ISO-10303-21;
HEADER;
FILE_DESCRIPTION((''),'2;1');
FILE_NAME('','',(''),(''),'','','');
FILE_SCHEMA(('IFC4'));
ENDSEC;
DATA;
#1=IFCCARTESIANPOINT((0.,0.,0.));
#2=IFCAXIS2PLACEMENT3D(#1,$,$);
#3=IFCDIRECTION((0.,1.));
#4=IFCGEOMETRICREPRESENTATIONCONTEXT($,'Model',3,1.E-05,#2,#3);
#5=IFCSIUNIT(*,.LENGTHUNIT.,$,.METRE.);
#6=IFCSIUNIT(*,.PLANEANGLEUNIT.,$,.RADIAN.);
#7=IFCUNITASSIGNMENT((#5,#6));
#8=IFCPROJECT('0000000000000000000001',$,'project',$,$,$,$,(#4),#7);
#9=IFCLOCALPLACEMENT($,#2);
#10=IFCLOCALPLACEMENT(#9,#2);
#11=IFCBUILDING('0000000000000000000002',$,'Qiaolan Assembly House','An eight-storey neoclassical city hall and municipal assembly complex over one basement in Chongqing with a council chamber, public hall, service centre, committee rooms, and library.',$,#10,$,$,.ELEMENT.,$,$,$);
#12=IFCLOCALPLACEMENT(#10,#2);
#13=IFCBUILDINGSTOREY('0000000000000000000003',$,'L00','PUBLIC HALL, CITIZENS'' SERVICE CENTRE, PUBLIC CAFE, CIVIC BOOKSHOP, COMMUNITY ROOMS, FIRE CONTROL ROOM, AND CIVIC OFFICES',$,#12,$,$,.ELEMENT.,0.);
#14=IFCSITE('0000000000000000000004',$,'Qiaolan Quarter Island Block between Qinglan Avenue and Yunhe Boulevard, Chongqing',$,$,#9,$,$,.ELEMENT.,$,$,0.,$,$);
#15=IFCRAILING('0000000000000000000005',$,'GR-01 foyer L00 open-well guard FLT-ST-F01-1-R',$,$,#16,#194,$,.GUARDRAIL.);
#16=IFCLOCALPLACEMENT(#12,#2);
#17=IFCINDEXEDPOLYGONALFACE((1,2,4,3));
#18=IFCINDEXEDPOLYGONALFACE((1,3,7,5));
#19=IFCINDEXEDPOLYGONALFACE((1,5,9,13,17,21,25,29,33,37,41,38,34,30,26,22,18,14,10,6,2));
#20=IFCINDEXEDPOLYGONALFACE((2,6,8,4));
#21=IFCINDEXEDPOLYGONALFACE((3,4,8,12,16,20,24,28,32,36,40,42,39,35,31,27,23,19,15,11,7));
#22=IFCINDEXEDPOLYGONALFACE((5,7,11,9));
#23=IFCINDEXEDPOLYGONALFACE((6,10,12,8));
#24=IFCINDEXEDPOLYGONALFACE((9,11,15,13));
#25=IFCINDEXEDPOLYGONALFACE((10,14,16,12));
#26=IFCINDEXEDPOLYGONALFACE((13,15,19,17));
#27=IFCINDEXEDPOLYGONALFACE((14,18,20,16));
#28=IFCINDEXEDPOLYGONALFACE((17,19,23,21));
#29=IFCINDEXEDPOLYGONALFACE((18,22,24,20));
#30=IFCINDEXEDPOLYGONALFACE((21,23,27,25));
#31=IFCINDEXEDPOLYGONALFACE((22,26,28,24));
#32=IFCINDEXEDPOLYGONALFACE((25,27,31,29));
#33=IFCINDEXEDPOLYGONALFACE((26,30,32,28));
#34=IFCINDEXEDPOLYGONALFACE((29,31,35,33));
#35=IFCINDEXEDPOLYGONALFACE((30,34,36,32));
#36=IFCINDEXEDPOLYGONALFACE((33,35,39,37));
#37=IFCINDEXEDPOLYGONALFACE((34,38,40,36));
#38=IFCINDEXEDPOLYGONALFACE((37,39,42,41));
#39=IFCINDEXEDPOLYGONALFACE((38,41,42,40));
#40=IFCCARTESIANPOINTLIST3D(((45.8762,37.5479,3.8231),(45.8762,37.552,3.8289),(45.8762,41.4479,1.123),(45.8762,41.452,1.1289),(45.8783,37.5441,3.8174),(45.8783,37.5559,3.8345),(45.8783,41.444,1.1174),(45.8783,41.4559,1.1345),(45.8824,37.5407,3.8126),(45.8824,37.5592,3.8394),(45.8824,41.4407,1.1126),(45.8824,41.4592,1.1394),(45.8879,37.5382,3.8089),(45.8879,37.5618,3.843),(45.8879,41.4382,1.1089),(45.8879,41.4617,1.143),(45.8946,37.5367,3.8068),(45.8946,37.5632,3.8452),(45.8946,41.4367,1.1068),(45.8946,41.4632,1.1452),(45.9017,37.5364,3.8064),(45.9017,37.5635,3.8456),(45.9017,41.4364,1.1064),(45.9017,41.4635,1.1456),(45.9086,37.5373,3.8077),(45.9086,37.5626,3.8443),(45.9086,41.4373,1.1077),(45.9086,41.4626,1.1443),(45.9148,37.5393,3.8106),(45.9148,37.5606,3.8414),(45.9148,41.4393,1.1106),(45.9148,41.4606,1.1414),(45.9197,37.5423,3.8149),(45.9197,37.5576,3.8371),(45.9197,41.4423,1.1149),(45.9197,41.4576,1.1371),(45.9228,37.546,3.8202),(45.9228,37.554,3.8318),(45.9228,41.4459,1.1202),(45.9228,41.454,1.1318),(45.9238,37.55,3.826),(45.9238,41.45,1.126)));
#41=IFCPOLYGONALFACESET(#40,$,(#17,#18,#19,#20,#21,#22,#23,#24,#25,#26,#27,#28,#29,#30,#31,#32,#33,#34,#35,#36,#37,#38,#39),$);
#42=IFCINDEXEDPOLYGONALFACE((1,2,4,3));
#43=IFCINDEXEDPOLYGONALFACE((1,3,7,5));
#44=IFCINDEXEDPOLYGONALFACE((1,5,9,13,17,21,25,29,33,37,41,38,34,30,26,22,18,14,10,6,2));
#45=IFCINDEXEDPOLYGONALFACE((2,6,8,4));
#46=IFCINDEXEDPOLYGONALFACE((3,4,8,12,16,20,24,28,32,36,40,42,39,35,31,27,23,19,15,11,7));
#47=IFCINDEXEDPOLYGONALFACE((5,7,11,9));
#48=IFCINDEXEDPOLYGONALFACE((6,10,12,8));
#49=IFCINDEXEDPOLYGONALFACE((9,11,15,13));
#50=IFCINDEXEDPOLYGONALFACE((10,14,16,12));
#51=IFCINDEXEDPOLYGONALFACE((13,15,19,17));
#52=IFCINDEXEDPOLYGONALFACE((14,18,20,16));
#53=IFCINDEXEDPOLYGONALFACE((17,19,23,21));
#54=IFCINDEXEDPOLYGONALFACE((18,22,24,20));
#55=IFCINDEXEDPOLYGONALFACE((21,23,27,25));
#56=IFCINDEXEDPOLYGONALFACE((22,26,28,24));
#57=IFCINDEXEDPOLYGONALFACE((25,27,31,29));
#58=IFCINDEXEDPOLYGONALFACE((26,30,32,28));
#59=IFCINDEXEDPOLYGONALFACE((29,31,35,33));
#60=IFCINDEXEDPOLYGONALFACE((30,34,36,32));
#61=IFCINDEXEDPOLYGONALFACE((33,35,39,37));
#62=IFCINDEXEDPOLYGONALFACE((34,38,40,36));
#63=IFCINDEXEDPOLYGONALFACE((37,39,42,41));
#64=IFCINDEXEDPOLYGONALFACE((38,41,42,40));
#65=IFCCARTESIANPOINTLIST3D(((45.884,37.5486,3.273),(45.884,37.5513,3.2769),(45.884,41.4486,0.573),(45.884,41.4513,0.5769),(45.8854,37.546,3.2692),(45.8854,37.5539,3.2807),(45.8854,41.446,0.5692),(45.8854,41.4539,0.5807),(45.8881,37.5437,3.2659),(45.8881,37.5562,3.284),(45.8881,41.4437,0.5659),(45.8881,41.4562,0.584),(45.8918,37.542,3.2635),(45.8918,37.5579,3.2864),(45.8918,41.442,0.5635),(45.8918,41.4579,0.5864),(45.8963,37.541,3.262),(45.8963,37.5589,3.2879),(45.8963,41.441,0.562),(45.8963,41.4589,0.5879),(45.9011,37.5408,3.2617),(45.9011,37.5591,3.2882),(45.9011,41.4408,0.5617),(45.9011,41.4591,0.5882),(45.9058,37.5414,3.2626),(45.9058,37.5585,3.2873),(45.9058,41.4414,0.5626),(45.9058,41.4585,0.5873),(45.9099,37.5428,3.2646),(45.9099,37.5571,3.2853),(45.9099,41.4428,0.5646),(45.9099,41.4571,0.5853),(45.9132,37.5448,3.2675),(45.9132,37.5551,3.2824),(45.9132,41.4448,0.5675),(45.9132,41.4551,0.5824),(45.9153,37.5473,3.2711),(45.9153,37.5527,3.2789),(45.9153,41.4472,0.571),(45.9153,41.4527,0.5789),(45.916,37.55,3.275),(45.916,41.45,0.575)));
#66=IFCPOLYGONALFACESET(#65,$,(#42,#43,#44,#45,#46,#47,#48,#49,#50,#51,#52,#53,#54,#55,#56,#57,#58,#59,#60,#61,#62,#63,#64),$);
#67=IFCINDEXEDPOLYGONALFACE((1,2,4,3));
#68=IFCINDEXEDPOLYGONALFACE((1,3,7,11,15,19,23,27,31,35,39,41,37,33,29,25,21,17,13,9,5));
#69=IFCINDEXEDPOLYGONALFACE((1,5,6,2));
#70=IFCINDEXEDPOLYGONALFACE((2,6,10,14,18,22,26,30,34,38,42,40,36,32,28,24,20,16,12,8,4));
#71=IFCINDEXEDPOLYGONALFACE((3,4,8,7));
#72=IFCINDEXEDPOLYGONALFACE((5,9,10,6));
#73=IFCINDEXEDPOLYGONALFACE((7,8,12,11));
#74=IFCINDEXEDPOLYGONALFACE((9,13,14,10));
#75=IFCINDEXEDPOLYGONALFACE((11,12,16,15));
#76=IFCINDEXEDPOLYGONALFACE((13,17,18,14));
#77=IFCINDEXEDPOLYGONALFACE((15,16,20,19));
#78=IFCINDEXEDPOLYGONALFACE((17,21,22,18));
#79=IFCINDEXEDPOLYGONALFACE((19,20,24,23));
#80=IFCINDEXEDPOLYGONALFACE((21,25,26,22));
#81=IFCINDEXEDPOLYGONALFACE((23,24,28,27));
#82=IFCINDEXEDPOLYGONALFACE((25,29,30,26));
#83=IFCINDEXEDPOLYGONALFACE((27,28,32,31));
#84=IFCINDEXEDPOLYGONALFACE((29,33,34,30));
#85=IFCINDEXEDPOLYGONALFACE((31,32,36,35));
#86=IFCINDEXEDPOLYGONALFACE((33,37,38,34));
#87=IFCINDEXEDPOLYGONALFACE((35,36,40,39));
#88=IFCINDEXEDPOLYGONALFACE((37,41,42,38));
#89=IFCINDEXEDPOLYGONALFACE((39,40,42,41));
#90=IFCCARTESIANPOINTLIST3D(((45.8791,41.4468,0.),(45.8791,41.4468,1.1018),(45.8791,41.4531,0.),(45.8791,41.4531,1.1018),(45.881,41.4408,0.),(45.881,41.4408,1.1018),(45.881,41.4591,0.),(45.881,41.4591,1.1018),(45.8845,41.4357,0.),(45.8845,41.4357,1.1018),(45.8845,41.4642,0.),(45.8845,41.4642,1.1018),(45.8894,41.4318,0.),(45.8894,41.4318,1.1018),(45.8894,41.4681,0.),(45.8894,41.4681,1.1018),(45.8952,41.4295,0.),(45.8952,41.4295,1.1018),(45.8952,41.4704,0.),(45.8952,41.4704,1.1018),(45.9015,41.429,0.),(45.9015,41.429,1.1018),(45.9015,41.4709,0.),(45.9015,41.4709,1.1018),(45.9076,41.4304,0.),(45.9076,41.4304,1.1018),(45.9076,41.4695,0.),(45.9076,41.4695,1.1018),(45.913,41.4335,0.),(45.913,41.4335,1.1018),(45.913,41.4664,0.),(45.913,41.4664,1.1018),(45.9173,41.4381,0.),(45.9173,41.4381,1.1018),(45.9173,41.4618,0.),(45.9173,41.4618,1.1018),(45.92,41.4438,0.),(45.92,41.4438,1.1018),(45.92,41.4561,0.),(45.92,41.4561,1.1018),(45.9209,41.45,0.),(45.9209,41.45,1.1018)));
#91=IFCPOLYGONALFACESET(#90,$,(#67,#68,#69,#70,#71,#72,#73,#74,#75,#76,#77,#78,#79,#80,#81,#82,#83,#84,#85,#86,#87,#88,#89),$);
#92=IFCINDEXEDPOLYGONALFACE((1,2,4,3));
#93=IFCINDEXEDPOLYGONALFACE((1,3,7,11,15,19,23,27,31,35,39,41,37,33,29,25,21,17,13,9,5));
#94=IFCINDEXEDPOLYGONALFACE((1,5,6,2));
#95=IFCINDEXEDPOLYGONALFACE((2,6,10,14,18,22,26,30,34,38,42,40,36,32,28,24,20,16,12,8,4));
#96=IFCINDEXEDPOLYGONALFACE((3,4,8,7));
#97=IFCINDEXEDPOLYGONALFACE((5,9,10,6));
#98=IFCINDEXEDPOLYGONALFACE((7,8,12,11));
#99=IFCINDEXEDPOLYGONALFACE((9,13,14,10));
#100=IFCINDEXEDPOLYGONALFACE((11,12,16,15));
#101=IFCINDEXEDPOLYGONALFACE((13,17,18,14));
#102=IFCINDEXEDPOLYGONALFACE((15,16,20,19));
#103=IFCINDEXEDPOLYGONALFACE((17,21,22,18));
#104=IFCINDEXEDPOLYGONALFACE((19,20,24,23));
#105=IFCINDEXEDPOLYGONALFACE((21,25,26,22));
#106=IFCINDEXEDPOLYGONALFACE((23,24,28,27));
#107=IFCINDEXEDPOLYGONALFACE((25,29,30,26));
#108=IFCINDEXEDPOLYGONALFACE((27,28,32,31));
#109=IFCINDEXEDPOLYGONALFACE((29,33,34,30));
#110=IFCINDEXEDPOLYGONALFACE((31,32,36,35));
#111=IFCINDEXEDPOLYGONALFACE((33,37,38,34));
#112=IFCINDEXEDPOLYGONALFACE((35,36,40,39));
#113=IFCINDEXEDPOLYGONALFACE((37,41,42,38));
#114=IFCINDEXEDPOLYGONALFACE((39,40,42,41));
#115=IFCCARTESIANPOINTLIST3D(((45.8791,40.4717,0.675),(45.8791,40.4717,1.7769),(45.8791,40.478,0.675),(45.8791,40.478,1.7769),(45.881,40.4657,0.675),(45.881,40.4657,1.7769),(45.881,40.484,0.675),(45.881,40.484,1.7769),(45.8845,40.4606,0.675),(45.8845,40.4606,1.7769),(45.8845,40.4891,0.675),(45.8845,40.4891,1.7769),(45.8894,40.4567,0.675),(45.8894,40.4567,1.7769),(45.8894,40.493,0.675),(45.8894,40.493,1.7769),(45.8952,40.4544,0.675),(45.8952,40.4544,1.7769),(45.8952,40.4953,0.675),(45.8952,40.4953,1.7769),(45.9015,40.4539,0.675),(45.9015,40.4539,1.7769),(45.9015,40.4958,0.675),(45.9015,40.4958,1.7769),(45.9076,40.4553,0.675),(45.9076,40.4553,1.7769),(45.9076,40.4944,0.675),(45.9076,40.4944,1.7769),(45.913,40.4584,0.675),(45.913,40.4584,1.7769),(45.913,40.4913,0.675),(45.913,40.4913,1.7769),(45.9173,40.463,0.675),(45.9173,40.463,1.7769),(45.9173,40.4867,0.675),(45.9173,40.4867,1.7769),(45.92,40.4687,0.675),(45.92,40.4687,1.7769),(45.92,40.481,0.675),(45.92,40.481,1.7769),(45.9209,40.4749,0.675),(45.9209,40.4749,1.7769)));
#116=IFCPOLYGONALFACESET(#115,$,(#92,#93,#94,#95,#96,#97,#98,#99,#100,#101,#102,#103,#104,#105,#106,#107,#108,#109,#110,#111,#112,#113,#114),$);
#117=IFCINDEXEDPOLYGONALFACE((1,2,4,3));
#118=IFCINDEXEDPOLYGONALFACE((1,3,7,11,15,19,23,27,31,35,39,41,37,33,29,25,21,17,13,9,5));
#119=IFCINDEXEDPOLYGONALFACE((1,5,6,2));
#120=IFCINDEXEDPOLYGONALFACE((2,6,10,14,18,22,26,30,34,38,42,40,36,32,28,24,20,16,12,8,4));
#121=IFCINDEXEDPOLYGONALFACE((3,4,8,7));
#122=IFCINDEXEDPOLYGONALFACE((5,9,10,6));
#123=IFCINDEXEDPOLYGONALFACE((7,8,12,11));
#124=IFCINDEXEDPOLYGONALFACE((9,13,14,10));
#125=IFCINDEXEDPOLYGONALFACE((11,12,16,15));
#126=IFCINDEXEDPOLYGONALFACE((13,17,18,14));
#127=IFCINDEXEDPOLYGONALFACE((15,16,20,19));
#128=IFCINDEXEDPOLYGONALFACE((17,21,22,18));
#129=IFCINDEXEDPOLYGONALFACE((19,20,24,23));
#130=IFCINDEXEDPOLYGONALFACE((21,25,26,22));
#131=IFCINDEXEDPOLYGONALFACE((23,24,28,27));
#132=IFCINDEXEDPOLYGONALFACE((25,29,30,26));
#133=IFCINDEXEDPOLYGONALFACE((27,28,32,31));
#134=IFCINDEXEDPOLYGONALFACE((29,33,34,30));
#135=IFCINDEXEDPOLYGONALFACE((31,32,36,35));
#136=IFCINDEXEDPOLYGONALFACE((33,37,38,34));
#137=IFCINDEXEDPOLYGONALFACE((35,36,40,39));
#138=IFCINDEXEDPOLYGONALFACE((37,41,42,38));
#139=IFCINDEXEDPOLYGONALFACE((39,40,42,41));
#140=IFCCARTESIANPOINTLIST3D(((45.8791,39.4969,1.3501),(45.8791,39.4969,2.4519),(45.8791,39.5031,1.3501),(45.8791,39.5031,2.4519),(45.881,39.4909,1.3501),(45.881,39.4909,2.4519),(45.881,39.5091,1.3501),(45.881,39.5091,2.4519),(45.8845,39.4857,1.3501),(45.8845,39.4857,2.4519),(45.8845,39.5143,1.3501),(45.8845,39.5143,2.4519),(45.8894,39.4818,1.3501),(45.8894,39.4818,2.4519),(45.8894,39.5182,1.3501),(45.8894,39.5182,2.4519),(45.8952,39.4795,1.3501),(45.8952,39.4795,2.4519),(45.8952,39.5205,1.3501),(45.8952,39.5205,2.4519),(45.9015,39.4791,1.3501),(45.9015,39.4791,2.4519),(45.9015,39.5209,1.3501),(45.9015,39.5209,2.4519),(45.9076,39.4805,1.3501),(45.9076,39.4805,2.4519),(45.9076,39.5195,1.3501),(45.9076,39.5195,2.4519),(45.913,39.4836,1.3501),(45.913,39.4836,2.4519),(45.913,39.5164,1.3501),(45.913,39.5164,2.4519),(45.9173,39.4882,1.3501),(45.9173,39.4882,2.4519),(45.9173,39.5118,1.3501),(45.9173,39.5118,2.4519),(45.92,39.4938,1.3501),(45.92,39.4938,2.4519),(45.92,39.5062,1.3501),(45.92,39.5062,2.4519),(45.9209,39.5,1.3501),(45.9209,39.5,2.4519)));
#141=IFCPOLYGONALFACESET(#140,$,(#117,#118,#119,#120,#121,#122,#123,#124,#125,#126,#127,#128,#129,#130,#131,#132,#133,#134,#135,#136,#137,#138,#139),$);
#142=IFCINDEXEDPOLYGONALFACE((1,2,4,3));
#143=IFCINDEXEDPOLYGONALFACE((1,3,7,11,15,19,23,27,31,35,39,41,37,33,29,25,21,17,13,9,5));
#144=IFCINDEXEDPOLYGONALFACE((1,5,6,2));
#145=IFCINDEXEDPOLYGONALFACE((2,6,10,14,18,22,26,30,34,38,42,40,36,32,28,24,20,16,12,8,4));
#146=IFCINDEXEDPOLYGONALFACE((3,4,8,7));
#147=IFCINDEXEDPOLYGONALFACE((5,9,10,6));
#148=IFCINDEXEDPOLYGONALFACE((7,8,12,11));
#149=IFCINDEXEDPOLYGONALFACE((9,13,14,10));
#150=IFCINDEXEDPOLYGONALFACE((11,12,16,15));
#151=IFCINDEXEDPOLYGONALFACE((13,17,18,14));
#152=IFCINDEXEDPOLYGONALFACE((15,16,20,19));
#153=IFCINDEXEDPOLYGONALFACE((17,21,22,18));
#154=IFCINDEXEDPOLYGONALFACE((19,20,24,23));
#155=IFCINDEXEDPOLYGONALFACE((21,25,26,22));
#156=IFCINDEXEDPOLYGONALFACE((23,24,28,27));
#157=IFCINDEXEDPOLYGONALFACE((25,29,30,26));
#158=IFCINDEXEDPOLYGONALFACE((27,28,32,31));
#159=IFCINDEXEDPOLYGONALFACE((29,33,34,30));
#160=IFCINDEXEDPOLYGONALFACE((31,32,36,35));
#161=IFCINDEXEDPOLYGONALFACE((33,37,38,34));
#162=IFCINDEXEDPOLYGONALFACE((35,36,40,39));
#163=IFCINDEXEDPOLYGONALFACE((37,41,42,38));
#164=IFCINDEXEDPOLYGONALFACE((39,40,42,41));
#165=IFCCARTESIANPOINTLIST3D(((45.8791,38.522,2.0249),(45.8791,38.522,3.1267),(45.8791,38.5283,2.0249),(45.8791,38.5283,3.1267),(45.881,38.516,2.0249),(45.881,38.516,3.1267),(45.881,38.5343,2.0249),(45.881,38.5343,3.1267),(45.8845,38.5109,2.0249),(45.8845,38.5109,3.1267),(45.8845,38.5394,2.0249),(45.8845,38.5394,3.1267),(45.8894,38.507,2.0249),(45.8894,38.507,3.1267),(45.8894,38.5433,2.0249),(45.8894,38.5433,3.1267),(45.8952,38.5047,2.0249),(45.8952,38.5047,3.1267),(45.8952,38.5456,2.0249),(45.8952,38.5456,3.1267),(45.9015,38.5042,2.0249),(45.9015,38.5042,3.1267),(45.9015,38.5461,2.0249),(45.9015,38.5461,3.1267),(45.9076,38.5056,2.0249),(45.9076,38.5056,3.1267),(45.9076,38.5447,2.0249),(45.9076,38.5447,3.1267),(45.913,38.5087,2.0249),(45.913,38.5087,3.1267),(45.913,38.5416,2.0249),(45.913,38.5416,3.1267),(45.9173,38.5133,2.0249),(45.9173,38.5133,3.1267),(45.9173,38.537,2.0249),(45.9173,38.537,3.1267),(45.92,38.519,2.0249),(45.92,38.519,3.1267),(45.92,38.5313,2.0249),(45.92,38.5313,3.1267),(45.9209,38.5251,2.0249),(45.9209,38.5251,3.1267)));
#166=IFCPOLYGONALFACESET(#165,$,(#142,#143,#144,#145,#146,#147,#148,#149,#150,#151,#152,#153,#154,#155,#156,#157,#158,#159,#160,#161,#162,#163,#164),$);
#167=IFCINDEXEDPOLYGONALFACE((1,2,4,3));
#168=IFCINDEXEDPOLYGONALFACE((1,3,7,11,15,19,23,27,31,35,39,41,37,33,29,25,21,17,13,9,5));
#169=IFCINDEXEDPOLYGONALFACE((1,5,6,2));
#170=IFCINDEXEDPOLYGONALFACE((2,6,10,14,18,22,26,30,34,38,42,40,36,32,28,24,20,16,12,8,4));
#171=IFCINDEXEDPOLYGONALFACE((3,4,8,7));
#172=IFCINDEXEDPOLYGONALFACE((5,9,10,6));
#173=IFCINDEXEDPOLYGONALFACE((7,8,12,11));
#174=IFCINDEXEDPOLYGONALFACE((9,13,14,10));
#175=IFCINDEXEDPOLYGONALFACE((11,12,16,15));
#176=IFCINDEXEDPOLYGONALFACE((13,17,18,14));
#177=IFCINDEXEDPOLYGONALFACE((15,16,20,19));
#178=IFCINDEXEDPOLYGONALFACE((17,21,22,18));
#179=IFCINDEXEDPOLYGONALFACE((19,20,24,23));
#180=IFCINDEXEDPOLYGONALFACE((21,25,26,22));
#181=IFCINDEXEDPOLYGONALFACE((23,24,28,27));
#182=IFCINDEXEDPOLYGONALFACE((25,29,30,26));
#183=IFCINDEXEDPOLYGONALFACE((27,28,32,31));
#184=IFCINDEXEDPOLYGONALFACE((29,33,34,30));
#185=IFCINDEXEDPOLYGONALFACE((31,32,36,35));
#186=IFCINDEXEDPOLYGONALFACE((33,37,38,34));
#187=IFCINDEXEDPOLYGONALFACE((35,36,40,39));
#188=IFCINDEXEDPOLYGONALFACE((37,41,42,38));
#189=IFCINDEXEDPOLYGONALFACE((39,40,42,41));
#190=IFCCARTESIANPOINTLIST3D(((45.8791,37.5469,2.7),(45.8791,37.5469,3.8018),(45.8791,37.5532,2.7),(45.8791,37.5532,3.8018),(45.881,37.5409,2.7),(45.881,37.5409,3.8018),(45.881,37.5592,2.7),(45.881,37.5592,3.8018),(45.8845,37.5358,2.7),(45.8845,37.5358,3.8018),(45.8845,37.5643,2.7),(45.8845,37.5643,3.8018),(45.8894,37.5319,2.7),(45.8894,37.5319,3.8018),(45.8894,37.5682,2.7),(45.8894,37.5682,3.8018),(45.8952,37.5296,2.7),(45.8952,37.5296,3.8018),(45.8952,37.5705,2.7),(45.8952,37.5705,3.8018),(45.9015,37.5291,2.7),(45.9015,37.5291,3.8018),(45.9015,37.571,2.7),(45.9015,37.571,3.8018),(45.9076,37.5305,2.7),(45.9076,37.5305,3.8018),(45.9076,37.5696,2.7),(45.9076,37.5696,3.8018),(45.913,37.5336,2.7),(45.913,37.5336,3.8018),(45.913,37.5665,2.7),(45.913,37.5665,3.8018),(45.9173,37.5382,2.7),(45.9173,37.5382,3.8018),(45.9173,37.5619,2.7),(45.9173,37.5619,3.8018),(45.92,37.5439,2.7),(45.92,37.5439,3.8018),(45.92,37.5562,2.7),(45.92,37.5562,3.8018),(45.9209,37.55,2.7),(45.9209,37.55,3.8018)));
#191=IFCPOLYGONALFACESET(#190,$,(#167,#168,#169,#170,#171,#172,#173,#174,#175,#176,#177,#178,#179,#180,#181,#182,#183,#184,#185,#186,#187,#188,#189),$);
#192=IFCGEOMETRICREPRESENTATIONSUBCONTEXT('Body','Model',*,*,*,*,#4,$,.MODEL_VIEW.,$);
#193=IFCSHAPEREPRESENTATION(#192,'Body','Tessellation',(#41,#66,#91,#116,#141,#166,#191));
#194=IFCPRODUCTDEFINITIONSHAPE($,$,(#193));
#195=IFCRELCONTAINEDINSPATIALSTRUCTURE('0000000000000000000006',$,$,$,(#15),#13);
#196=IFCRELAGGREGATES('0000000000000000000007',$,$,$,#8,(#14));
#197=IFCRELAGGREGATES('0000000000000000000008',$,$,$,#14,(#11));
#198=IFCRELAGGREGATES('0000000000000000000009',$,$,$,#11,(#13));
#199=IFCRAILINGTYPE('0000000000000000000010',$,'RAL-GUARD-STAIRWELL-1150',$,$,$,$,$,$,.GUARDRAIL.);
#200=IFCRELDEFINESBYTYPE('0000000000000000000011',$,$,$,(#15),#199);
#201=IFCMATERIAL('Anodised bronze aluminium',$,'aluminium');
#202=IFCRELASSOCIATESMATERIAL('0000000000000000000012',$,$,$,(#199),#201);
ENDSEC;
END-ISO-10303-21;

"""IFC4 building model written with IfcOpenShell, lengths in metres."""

from ifc_helpers import new_model, si_unit, direction, frame, origin, origin_2d, place, context, subcontext, project, spatial, circle, extrude, material, type_object, element, save


model = new_model("IFC4")

# Units and contexts
model_context = context("Model", 3, precision=1e-05, world=origin(), true_north=direction((0.0, 1.0)))
body_context = subcontext(model_context, "Body", "Model", "MODEL_VIEW")
ifc_project = project(units=[si_unit("LENGTHUNIT", "METRE"), si_unit("PLANEANGLEUNIT", "RADIAN")], contexts=[model_context])

# Site, building, storey
site_placement = place(None, origin())
site = spatial("IfcSite", under=ifc_project, at=site_placement, Name="Qiaolan Quarter Island Block between Qinglan Avenue and Yunhe Boulevard, Chongqing", CompositionType="ELEMENT", RefElevation=0.0)
building_placement = place(site_placement, origin())
building = spatial("IfcBuilding", under=site, at=building_placement, Name="Qiaolan Assembly House", Description="An eight-storey neoclassical city hall and municipal assembly complex over one basement in Chongqing with a council chamber, public hall, service centre, committee rooms, and library.", CompositionType="ELEMENT")
storey_placement = place(building_placement, origin())
storey = spatial("IfcBuildingStorey", under=building, at=storey_placement, Name="L00", Description="PUBLIC HALL, CITIZENS' SERVICE CENTRE, PUBLIC CAFE, CIVIC BOOKSHOP, COMMUNITY ROOMS, FIRE CONTROL ROOM, AND CIVIC OFFICES", CompositionType="ELEMENT", Elevation=0.0)

# Shared definitions
ifc_material_1 = material(Name="Anodised bronze aluminium", Category="aluminium")

# Railing
railing_type_1 = type_object("IfcRailingType", Name="RAL-GUARD-STAIRWELL-1150", PredefinedType="GUARDRAIL", material=ifc_material_1)
railing_1_placement = place(storey_placement, frame((45.8999, 41.45, 0.0)))
element("IfcRailing", 1, at=railing_1_placement, inside=storey, type_object=railing_type_1, Name="GR-01 foyer L00 open-well guard FLT-ST-F01-1-R", PredefinedType="GUARDRAIL", context=body_context, shape_type="SweptSolid", body=[
    extrude(circle(Radius=0.0239, at=origin_2d()), frame((0.0, 0.0, 1.126), z_axis=(0.0, -0.82219, 0.569213), x_axis=(1.0, 0.0, 0.0)), (0.0, 0.0, 1.0), 4.7434),
    extrude(circle(Radius=0.0161, at=origin_2d()), frame((0.0, 0.0, 0.575), z_axis=(0.0, -0.82219, 0.569213), x_axis=(1.0, 0.0, 0.0)), (0.0, 0.0, 1.0), 4.7434),
    extrude(circle(Radius=0.021, at=origin_2d()), origin(), (0.0, 0.0, 1.0), 1.1018),
    extrude(circle(Radius=0.021, at=origin_2d()), frame((0.0, -0.9751, 0.675)), (0.0, 0.0, 1.0), 1.1018),
    extrude(circle(Radius=0.021, at=origin_2d()), frame((0.0, -1.95, 1.3501)), (0.0, 0.0, 1.0), 1.1018),
    extrude(circle(Radius=0.021, at=origin_2d()), frame((0.0, -2.9248, 2.0249)), (0.0, 0.0, 1.0), 1.1018),
    extrude(circle(Radius=0.021, at=origin_2d()), frame((0.0, -3.8999, 2.7)), (0.0, 0.0, 1.0), 1.1018),
])

save(model, "model.ifc")
